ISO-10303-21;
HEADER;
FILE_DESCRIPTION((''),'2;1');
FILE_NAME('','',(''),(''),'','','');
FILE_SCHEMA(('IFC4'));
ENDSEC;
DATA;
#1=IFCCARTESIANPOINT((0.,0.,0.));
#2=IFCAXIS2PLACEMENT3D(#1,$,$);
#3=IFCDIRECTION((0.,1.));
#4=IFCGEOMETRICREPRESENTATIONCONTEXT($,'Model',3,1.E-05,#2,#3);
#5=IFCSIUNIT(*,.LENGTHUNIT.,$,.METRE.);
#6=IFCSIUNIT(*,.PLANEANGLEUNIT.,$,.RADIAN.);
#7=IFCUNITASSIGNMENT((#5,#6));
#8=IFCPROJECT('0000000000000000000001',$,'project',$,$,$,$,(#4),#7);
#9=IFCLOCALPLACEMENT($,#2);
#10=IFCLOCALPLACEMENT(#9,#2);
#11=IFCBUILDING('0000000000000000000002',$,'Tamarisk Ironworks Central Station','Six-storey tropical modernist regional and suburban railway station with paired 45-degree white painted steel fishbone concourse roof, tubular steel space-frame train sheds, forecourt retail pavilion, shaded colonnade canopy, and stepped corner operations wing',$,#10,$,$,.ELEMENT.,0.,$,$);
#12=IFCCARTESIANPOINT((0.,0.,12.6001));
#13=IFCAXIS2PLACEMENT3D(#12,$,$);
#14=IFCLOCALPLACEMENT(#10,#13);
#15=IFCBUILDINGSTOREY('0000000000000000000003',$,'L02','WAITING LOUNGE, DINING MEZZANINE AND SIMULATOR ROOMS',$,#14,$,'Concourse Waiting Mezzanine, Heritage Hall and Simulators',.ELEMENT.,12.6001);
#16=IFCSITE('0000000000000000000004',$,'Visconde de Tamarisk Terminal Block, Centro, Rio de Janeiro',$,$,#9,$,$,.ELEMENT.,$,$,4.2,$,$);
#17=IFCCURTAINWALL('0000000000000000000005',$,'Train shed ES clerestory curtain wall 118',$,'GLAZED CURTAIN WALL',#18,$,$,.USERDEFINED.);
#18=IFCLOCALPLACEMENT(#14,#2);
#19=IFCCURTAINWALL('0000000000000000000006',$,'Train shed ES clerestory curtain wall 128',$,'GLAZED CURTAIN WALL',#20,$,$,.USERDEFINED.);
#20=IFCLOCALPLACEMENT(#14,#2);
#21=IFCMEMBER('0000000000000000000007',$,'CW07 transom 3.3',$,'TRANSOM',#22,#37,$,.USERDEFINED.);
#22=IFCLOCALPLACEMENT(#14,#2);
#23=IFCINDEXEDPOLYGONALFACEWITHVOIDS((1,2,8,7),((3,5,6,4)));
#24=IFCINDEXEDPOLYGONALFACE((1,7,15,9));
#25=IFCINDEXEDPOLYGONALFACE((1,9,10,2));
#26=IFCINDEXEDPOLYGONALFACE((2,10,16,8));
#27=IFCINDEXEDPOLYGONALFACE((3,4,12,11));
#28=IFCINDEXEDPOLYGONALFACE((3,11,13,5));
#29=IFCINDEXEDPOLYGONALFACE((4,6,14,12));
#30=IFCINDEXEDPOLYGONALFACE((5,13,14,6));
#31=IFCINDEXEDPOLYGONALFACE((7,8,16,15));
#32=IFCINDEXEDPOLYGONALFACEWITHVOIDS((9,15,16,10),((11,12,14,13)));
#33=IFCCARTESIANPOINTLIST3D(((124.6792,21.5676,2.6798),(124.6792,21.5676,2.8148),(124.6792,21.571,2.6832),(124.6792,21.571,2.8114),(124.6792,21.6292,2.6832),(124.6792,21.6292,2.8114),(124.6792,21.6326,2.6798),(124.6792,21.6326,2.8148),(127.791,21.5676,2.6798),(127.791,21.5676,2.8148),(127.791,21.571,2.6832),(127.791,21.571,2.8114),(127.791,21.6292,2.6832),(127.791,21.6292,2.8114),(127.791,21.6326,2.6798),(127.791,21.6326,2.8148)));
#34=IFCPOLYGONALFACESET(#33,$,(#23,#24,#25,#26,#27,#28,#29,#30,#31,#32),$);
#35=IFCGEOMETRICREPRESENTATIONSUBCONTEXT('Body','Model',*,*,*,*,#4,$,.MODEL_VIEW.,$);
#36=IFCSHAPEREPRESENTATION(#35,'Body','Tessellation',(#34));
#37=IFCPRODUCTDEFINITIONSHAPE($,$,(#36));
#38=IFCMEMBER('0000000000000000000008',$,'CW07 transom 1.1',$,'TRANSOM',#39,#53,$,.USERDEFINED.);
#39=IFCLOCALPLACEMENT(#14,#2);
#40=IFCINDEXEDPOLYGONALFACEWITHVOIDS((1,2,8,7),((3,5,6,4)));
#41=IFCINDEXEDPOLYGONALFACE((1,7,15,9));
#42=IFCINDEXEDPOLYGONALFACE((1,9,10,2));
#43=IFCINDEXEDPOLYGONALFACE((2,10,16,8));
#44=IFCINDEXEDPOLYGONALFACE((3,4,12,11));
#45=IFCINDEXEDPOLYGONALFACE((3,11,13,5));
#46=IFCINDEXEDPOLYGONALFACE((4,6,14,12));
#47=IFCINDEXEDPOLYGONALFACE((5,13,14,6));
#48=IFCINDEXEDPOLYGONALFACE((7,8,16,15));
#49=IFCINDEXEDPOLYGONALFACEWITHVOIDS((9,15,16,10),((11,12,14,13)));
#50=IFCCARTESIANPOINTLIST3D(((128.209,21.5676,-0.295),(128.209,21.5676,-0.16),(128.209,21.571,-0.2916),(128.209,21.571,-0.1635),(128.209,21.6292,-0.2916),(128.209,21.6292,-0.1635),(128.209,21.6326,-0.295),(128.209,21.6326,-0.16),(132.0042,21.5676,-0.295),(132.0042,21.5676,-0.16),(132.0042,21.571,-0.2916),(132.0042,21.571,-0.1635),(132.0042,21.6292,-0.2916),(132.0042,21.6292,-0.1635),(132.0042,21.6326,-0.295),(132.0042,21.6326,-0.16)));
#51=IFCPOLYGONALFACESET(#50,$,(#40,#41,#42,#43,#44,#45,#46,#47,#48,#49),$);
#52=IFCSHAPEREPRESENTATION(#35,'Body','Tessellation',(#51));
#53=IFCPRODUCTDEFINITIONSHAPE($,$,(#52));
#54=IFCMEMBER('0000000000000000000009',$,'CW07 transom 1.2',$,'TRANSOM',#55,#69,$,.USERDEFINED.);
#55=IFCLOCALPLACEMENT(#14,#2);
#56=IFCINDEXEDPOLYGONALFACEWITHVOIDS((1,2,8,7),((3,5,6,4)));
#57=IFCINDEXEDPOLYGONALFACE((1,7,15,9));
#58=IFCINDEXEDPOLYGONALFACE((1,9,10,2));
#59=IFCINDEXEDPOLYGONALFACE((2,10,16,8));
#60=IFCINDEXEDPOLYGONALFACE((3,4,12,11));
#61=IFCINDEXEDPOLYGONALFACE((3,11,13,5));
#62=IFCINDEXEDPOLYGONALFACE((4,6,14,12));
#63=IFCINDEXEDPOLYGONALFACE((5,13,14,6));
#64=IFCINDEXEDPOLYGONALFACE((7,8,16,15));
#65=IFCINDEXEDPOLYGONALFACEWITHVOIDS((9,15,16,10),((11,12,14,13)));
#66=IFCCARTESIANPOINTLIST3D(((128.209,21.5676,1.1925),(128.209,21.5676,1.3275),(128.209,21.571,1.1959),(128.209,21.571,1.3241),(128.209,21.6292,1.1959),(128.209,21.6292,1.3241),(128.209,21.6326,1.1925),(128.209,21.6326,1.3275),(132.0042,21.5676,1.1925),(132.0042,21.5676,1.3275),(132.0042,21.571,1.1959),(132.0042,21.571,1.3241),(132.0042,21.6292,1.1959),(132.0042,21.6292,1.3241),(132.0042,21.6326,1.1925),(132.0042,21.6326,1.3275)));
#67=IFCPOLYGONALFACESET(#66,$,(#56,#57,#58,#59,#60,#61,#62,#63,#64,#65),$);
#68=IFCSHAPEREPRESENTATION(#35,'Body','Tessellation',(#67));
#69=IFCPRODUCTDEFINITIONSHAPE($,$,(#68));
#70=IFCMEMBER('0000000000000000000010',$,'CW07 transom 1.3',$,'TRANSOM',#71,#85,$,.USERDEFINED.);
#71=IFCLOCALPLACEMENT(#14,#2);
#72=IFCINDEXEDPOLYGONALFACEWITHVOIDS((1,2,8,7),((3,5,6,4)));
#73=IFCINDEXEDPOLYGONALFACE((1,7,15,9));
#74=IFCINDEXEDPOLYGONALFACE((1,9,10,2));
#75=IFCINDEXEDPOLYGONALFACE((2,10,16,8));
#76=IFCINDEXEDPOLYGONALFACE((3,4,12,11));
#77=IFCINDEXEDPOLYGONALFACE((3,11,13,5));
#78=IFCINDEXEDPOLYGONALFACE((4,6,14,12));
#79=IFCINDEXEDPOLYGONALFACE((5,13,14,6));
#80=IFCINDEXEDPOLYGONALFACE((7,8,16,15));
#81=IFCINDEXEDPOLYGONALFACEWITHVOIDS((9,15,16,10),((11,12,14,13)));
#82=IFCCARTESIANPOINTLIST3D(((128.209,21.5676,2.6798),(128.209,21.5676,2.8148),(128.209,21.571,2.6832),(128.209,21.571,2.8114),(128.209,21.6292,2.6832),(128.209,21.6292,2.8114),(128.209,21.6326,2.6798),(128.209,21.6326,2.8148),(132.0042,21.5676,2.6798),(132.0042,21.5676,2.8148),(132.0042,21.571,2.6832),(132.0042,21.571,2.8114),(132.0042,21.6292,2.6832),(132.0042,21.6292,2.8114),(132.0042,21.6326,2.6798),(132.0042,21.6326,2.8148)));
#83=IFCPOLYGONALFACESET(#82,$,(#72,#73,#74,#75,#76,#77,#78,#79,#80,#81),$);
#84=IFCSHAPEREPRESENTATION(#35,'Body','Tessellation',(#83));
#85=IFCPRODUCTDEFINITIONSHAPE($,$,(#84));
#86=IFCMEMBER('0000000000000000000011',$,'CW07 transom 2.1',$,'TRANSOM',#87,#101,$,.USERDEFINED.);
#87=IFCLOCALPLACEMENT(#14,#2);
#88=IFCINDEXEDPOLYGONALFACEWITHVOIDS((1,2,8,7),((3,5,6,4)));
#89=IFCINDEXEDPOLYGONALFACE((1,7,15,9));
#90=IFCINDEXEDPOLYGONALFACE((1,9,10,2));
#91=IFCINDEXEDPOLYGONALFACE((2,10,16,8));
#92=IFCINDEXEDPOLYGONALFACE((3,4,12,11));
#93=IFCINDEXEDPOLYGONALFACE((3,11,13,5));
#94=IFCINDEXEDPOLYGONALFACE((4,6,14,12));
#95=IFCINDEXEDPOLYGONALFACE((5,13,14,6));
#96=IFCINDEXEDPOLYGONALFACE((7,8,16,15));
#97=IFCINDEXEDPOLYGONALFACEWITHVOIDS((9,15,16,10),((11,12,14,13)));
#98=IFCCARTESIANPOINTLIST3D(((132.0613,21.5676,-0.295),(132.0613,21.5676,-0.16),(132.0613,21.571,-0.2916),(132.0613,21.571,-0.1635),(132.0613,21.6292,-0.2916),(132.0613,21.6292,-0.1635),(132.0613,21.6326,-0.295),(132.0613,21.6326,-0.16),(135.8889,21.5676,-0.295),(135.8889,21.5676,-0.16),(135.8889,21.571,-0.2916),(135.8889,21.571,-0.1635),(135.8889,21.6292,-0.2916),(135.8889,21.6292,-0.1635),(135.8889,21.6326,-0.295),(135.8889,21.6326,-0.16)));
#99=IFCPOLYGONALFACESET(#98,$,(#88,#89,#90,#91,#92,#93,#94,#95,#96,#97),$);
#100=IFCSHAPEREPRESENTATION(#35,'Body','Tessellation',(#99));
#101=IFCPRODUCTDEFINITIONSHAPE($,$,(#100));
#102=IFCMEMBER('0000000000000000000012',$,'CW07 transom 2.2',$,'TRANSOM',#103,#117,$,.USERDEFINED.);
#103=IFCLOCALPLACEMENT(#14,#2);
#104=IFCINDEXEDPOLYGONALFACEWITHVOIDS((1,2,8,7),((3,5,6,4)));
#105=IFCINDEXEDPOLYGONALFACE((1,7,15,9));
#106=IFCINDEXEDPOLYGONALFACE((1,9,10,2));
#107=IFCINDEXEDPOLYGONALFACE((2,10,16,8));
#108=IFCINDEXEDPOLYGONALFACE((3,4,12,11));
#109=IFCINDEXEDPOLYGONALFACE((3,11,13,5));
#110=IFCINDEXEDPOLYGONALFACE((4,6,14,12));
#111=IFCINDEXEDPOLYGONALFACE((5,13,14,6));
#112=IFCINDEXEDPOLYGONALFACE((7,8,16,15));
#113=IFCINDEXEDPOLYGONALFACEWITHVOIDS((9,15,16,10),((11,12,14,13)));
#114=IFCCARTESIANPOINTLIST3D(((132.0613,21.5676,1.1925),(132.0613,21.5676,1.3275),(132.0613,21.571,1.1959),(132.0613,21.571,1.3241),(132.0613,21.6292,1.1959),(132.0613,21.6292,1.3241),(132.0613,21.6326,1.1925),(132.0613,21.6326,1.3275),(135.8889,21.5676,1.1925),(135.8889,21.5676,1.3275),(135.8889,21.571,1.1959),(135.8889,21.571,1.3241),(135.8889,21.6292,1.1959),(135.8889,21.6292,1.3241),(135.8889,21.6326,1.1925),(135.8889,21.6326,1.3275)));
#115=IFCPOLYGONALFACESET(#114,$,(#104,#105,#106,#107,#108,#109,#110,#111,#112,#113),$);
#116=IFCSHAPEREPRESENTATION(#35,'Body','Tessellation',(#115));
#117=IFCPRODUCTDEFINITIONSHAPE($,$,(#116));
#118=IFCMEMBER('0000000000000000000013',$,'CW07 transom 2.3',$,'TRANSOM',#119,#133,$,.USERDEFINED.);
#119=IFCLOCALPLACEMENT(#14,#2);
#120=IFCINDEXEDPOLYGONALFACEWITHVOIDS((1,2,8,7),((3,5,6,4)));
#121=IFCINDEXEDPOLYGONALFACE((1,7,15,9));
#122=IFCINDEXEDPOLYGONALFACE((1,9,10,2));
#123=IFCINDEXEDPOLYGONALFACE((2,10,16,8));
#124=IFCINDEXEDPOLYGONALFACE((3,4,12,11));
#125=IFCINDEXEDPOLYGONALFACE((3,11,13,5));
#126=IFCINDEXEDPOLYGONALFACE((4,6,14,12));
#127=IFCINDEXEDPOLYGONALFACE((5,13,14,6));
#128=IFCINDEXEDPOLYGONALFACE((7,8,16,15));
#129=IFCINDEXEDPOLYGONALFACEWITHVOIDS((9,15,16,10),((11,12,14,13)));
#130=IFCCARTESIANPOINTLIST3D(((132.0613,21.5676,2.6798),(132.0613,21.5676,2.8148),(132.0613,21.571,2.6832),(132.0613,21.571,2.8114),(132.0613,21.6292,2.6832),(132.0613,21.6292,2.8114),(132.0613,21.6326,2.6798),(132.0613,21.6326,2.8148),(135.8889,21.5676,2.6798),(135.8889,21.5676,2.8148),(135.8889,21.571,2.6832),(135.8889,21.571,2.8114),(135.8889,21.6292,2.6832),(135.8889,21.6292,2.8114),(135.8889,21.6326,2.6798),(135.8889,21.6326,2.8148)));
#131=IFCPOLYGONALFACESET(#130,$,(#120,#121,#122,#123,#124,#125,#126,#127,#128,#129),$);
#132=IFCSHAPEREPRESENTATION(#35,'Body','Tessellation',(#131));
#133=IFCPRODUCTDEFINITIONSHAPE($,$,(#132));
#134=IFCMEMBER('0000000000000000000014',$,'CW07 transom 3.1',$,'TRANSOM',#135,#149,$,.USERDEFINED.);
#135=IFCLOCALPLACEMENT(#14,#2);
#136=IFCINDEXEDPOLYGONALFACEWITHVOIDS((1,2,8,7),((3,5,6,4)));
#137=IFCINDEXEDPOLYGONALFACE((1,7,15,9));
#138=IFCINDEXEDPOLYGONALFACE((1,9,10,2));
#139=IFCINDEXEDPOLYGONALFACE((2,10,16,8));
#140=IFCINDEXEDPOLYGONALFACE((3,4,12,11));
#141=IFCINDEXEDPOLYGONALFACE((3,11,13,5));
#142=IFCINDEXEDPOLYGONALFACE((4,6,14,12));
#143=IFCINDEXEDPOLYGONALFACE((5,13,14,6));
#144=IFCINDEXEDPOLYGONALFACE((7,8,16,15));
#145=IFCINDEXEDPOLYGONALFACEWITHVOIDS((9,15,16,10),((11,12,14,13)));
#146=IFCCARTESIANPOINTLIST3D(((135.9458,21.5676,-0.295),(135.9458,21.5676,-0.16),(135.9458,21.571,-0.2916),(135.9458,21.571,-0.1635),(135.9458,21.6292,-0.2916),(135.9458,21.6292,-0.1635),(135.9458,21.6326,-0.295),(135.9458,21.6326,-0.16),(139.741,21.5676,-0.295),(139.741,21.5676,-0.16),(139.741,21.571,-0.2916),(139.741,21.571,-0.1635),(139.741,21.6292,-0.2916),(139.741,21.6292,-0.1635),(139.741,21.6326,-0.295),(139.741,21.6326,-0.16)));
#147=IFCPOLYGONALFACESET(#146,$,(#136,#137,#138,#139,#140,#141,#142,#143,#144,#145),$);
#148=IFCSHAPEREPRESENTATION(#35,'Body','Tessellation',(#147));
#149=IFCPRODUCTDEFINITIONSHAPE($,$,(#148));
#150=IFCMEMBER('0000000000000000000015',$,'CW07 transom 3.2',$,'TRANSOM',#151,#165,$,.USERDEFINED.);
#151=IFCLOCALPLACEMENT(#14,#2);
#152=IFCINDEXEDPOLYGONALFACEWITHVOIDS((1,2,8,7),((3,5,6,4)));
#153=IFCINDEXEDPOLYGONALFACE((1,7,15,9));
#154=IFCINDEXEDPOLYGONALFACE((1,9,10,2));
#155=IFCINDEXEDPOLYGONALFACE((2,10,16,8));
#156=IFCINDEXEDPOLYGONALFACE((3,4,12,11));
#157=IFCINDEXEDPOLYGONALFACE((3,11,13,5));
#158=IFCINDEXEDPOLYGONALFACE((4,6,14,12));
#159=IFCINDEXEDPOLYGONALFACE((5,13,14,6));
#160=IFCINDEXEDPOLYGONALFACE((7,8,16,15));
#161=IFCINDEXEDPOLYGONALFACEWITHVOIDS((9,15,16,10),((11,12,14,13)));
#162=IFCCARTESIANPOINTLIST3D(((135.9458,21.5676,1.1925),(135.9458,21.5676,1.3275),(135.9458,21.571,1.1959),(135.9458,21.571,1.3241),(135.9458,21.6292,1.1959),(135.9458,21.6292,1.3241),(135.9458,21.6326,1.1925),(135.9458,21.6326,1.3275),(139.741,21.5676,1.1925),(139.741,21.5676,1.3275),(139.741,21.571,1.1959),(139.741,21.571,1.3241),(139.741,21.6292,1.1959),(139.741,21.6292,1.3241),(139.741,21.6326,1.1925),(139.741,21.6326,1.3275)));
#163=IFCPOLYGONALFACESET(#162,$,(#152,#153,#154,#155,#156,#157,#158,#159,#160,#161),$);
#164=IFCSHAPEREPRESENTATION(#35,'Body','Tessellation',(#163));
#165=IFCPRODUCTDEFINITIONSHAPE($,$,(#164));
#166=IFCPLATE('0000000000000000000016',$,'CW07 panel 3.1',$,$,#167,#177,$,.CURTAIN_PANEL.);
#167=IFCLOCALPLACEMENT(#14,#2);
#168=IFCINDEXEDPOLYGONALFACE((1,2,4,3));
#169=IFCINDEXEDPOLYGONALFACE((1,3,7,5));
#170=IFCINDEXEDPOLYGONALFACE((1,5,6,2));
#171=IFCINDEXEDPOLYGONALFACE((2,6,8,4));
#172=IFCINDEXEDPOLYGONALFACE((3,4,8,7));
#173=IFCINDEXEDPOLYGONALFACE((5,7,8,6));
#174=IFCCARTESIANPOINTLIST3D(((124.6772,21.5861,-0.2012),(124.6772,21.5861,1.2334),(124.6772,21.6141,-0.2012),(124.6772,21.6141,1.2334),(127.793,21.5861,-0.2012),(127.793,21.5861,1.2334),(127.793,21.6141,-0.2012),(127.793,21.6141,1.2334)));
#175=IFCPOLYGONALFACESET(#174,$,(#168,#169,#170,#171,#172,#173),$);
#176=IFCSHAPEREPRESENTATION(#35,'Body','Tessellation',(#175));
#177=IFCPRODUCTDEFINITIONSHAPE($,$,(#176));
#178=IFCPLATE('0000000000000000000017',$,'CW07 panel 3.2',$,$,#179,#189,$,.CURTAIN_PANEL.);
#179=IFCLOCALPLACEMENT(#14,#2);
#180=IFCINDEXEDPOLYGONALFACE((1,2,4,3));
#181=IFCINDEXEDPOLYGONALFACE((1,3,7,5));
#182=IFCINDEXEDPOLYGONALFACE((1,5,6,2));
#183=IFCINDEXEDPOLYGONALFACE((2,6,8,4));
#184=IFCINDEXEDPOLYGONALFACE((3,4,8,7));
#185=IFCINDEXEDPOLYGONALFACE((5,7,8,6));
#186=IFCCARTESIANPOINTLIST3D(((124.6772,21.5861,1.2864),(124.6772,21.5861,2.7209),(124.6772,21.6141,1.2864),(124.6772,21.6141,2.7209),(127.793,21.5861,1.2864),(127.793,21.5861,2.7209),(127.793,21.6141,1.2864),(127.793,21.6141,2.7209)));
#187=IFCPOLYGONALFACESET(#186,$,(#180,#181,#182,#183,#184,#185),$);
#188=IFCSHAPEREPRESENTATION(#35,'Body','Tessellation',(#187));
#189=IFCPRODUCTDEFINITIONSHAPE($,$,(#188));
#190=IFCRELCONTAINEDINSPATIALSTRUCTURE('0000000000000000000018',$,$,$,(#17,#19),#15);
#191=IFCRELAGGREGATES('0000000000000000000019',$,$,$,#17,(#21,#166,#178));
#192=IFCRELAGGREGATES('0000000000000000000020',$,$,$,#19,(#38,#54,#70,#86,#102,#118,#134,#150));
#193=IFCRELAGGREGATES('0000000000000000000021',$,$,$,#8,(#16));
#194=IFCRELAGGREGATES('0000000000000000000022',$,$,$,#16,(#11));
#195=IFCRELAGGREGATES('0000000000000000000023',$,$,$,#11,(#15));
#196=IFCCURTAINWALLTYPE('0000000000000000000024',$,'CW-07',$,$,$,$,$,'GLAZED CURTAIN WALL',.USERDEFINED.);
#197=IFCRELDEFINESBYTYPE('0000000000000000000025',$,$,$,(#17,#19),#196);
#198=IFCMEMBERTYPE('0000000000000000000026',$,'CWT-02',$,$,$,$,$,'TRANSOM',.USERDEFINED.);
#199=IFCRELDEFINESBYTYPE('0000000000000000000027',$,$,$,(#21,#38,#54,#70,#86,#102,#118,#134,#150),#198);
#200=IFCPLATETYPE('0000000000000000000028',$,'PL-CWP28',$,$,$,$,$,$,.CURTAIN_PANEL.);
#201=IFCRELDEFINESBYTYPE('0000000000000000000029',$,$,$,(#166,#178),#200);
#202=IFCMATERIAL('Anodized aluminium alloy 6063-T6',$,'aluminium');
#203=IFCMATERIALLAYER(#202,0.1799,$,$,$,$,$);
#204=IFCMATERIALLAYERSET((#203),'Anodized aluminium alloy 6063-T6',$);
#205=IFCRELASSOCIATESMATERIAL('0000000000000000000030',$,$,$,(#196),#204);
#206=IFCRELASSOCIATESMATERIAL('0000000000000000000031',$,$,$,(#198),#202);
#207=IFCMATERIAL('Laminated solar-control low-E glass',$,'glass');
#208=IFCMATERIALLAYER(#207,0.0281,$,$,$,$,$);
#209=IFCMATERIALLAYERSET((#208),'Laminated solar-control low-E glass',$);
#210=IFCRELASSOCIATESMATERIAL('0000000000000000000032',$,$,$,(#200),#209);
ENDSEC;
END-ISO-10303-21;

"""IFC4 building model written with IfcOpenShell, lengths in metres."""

from ifc_helpers import new_model, si_unit, direction, frame, origin, origin_2d, place, context, subcontext, project, spatial, rectangle, hollow_rectangle, extrude, material, layer, layer_set, material_profile, profile_set, type_object, element, aggregate, save


model = new_model("IFC4")

# Units and contexts
model_context = context("Model", 3, precision=1e-05, world=origin(), true_north=direction((0.0, 1.0)))
body_context = subcontext(model_context, "Body", "Model", "MODEL_VIEW")
ifc_project = project(units=[si_unit("LENGTHUNIT", "METRE"), si_unit("PLANEANGLEUNIT", "RADIAN")], contexts=[model_context])

# Site, building, storey
site_placement = place(None, origin())
site = spatial("IfcSite", under=ifc_project, at=site_placement, Name="Visconde de Tamarisk Terminal Block, Centro, Rio de Janeiro", CompositionType="ELEMENT", RefElevation=4.2)
building_placement = place(site_placement, origin())
building = spatial("IfcBuilding", under=site, at=building_placement, Name="Tamarisk Ironworks Central Station", Description="Six-storey tropical modernist regional and suburban railway station with paired 45-degree white painted steel fishbone concourse roof, tubular steel space-frame train sheds, forecourt retail pavilion, shaded colonnade canopy, and stepped corner operations wing", CompositionType="ELEMENT", ElevationOfRefHeight=0.0)
storey_placement = place(building_placement, frame((0.0, 0.0, 12.6001)))
storey = spatial("IfcBuildingStorey", under=building, at=storey_placement, Name="L02", Description="WAITING LOUNGE, DINING MEZZANINE AND SIMULATOR ROOMS", LongName="Concourse Waiting Mezzanine, Heritage Hall and Simulators", CompositionType="ELEMENT", Elevation=12.6001)

# Curtain wall
ifc_material_1 = material(Name="Anodized aluminium alloy 6063-T6", Category="aluminium")
ifc_layer_1 = layer(ifc_material_1, 0.1799)
ifc_layer_set_1 = layer_set([ifc_layer_1], Name="Anodized aluminium alloy 6063-T6")
curtain_wall_type = type_object("IfcCurtainWallType", Name="CW-07", ElementType="GLAZED CURTAIN WALL", PredefinedType="USERDEFINED", material=ifc_layer_set_1)
curtain_wall_1_placement = place(storey_placement, origin())
curtain_wall_1 = element("IfcCurtainWall", 1, at=curtain_wall_1_placement, inside=storey, type_object=curtain_wall_type, Name="Train shed ES clerestory curtain wall 118", ObjectType="GLAZED CURTAIN WALL", PredefinedType="USERDEFINED")

# Curtain wall
curtain_wall_2_placement = place(storey_placement, origin())
curtain_wall_2 = element("IfcCurtainWall", 2, at=curtain_wall_2_placement, inside=storey, type_object=curtain_wall_type, Name="Train shed ES clerestory curtain wall 128", ObjectType="GLAZED CURTAIN WALL", PredefinedType="USERDEFINED")

# Members
ifc_material_profile_1 = material_profile(ifc_material_1, hollow_rectangle(XDim=0.0649, YDim=0.135, WallThickness=0.0034, at=origin_2d()), Name="ALUM 135x65")
ifc_profile_set_1 = profile_set([ifc_material_profile_1], Name="Anodized aluminium alloy 6063-T6")
member_type_1 = type_object("IfcMemberType", Name="CWT-02", ElementType="TRANSOM", PredefinedType="USERDEFINED", material=ifc_profile_set_1)
member_1_placement = place(storey_placement, frame((124.6792, 21.6001, 2.7473), z_axis=(1.0, 0.0, 0.0), x_axis=(0.0, 1.0, 0.0)))
member_1 = element("IfcMember", 3, at=member_1_placement, type_object=member_type_1, Name="CW07 transom 3.3", ObjectType="TRANSOM", PredefinedType="USERDEFINED", context=body_context, shape_type="SweptSolid", body=[
    extrude(hollow_rectangle(XDim=0.0649, YDim=0.135, WallThickness=0.0034, at=origin_2d()), origin(), (0.0, 0.0, 1.0), 3.1118),
])
member_2_placement = place(storey_placement, frame((128.209, 21.6001, -0.2275), z_axis=(1.0, 0.0, 0.0), x_axis=(0.0, 1.0, 0.0)))
member_2 = element("IfcMember", 4, at=member_2_placement, type_object=member_type_1, Name="CW07 transom 1.1", ObjectType="TRANSOM", PredefinedType="USERDEFINED", context=body_context, shape_type="SweptSolid", body=[
    extrude(hollow_rectangle(XDim=0.0649, YDim=0.135, WallThickness=0.0034, at=origin_2d()), origin(), (0.0, 0.0, 1.0), 3.7952),
])
member_3_placement = place(storey_placement, frame((128.209, 21.6001, 1.26), z_axis=(1.0, 0.0, 0.0), x_axis=(0.0, 1.0, 0.0)))
member_3 = element("IfcMember", 5, at=member_3_placement, type_object=member_type_1, Name="CW07 transom 1.2", ObjectType="TRANSOM", PredefinedType="USERDEFINED", context=body_context, shape_type="SweptSolid", body=[
    extrude(hollow_rectangle(XDim=0.0649, YDim=0.135, WallThickness=0.0034, at=origin_2d()), origin(), (0.0, 0.0, 1.0), 3.7952),
])
member_4_placement = place(storey_placement, frame((128.209, 21.6001, 2.7473), z_axis=(1.0, 0.0, 0.0), x_axis=(0.0, 1.0, 0.0)))
member_4 = element("IfcMember", 6, at=member_4_placement, type_object=member_type_1, Name="CW07 transom 1.3", ObjectType="TRANSOM", PredefinedType="USERDEFINED", context=body_context, shape_type="SweptSolid", body=[
    extrude(hollow_rectangle(XDim=0.0649, YDim=0.135, WallThickness=0.0034, at=origin_2d()), origin(), (0.0, 0.0, 1.0), 3.7952),
])
member_5_placement = place(storey_placement, frame((132.0613, 21.6001, -0.2275), z_axis=(1.0, 0.0, 0.0), x_axis=(0.0, 1.0, 0.0)))
member_5 = element("IfcMember", 7, at=member_5_placement, type_object=member_type_1, Name="CW07 transom 2.1", ObjectType="TRANSOM", PredefinedType="USERDEFINED", context=body_context, shape_type="SweptSolid", body=[
    extrude(hollow_rectangle(XDim=0.0649, YDim=0.135, WallThickness=0.0034, at=origin_2d()), origin(), (0.0, 0.0, 1.0), 3.8276),
])
member_6_placement = place(storey_placement, frame((132.0613, 21.6001, 1.26), z_axis=(1.0, 0.0, 0.0), x_axis=(0.0, 1.0, 0.0)))
member_6 = element("IfcMember", 8, at=member_6_placement, type_object=member_type_1, Name="CW07 transom 2.2", ObjectType="TRANSOM", PredefinedType="USERDEFINED", context=body_context, shape_type="SweptSolid", body=[
    extrude(hollow_rectangle(XDim=0.0649, YDim=0.135, WallThickness=0.0034, at=origin_2d()), origin(), (0.0, 0.0, 1.0), 3.8276),
])
member_7_placement = place(storey_placement, frame((132.0613, 21.6001, 2.7473), z_axis=(1.0, 0.0, 0.0), x_axis=(0.0, 1.0, 0.0)))
member_7 = element("IfcMember", 9, at=member_7_placement, type_object=member_type_1, Name="CW07 transom 2.3", ObjectType="TRANSOM", PredefinedType="USERDEFINED", context=body_context, shape_type="SweptSolid", body=[
    extrude(hollow_rectangle(XDim=0.0649, YDim=0.135, WallThickness=0.0034, at=origin_2d()), origin(), (0.0, 0.0, 1.0), 3.8276),
])
member_8_placement = place(storey_placement, frame((135.9458, 21.6001, -0.2275), z_axis=(1.0, 0.0, 0.0), x_axis=(0.0, 1.0, 0.0)))
member_8 = element("IfcMember", 10, at=member_8_placement, type_object=member_type_1, Name="CW07 transom 3.1", ObjectType="TRANSOM", PredefinedType="USERDEFINED", context=body_context, shape_type="SweptSolid", body=[
    extrude(hollow_rectangle(XDim=0.0649, YDim=0.135, WallThickness=0.0034, at=origin_2d()), origin(), (0.0, 0.0, 1.0), 3.7952),
])
member_9_placement = place(storey_placement, frame((135.9458, 21.6001, 1.26), z_axis=(1.0, 0.0, 0.0), x_axis=(0.0, 1.0, 0.0)))
member_9 = element("IfcMember", 11, at=member_9_placement, type_object=member_type_1, Name="CW07 transom 3.2", ObjectType="TRANSOM", PredefinedType="USERDEFINED", context=body_context, shape_type="SweptSolid", body=[
    extrude(hollow_rectangle(XDim=0.0649, YDim=0.135, WallThickness=0.0034, at=origin_2d()), origin(), (0.0, 0.0, 1.0), 3.7952),
])

# Plates
ifc_material_2 = material(Name="Laminated solar-control low-E glass", Category="glass")
ifc_layer_2 = layer(ifc_material_2, 0.0281)
ifc_layer_set_2 = layer_set([ifc_layer_2], Name="Laminated solar-control low-E glass")
plate_type_1 = type_object("IfcPlateType", Name="PL-CWP28", PredefinedType="CURTAIN_PANEL", material=ifc_layer_set_2)
plate_1_placement = place(storey_placement, frame((126.2351, 21.6001, -0.2012), z_axis=(0.0, 0.0, 1.0), x_axis=(1.0, 0.0, 0.0)))
plate_1 = element("IfcPlate", 12, at=plate_1_placement, type_object=plate_type_1, Name="CW07 panel 3.1", PredefinedType="CURTAIN_PANEL", context=body_context, shape_type="SweptSolid", body=[
    extrude(rectangle(XDim=3.1157, YDim=0.0281, at=origin_2d()), origin(), (0.0, 0.0, 1.0), 1.4346),
])
plate_2_placement = place(storey_placement, frame((126.2351, 21.6001, 1.2864), z_axis=(0.0, 0.0, 1.0), x_axis=(1.0, 0.0, 0.0)))
plate_2 = element("IfcPlate", 13, at=plate_2_placement, type_object=plate_type_1, Name="CW07 panel 3.2", PredefinedType="CURTAIN_PANEL", context=body_context, shape_type="SweptSolid", body=[
    extrude(rectangle(XDim=3.1157, YDim=0.0281, at=origin_2d()), origin(), (0.0, 0.0, 1.0), 1.4346),
])
aggregate(curtain_wall_1, [member_1, plate_1, plate_2])
aggregate(curtain_wall_2, [member_2, member_3, member_4, member_5, member_6, member_7, member_8, member_9])

save(model, "model.ifc")
